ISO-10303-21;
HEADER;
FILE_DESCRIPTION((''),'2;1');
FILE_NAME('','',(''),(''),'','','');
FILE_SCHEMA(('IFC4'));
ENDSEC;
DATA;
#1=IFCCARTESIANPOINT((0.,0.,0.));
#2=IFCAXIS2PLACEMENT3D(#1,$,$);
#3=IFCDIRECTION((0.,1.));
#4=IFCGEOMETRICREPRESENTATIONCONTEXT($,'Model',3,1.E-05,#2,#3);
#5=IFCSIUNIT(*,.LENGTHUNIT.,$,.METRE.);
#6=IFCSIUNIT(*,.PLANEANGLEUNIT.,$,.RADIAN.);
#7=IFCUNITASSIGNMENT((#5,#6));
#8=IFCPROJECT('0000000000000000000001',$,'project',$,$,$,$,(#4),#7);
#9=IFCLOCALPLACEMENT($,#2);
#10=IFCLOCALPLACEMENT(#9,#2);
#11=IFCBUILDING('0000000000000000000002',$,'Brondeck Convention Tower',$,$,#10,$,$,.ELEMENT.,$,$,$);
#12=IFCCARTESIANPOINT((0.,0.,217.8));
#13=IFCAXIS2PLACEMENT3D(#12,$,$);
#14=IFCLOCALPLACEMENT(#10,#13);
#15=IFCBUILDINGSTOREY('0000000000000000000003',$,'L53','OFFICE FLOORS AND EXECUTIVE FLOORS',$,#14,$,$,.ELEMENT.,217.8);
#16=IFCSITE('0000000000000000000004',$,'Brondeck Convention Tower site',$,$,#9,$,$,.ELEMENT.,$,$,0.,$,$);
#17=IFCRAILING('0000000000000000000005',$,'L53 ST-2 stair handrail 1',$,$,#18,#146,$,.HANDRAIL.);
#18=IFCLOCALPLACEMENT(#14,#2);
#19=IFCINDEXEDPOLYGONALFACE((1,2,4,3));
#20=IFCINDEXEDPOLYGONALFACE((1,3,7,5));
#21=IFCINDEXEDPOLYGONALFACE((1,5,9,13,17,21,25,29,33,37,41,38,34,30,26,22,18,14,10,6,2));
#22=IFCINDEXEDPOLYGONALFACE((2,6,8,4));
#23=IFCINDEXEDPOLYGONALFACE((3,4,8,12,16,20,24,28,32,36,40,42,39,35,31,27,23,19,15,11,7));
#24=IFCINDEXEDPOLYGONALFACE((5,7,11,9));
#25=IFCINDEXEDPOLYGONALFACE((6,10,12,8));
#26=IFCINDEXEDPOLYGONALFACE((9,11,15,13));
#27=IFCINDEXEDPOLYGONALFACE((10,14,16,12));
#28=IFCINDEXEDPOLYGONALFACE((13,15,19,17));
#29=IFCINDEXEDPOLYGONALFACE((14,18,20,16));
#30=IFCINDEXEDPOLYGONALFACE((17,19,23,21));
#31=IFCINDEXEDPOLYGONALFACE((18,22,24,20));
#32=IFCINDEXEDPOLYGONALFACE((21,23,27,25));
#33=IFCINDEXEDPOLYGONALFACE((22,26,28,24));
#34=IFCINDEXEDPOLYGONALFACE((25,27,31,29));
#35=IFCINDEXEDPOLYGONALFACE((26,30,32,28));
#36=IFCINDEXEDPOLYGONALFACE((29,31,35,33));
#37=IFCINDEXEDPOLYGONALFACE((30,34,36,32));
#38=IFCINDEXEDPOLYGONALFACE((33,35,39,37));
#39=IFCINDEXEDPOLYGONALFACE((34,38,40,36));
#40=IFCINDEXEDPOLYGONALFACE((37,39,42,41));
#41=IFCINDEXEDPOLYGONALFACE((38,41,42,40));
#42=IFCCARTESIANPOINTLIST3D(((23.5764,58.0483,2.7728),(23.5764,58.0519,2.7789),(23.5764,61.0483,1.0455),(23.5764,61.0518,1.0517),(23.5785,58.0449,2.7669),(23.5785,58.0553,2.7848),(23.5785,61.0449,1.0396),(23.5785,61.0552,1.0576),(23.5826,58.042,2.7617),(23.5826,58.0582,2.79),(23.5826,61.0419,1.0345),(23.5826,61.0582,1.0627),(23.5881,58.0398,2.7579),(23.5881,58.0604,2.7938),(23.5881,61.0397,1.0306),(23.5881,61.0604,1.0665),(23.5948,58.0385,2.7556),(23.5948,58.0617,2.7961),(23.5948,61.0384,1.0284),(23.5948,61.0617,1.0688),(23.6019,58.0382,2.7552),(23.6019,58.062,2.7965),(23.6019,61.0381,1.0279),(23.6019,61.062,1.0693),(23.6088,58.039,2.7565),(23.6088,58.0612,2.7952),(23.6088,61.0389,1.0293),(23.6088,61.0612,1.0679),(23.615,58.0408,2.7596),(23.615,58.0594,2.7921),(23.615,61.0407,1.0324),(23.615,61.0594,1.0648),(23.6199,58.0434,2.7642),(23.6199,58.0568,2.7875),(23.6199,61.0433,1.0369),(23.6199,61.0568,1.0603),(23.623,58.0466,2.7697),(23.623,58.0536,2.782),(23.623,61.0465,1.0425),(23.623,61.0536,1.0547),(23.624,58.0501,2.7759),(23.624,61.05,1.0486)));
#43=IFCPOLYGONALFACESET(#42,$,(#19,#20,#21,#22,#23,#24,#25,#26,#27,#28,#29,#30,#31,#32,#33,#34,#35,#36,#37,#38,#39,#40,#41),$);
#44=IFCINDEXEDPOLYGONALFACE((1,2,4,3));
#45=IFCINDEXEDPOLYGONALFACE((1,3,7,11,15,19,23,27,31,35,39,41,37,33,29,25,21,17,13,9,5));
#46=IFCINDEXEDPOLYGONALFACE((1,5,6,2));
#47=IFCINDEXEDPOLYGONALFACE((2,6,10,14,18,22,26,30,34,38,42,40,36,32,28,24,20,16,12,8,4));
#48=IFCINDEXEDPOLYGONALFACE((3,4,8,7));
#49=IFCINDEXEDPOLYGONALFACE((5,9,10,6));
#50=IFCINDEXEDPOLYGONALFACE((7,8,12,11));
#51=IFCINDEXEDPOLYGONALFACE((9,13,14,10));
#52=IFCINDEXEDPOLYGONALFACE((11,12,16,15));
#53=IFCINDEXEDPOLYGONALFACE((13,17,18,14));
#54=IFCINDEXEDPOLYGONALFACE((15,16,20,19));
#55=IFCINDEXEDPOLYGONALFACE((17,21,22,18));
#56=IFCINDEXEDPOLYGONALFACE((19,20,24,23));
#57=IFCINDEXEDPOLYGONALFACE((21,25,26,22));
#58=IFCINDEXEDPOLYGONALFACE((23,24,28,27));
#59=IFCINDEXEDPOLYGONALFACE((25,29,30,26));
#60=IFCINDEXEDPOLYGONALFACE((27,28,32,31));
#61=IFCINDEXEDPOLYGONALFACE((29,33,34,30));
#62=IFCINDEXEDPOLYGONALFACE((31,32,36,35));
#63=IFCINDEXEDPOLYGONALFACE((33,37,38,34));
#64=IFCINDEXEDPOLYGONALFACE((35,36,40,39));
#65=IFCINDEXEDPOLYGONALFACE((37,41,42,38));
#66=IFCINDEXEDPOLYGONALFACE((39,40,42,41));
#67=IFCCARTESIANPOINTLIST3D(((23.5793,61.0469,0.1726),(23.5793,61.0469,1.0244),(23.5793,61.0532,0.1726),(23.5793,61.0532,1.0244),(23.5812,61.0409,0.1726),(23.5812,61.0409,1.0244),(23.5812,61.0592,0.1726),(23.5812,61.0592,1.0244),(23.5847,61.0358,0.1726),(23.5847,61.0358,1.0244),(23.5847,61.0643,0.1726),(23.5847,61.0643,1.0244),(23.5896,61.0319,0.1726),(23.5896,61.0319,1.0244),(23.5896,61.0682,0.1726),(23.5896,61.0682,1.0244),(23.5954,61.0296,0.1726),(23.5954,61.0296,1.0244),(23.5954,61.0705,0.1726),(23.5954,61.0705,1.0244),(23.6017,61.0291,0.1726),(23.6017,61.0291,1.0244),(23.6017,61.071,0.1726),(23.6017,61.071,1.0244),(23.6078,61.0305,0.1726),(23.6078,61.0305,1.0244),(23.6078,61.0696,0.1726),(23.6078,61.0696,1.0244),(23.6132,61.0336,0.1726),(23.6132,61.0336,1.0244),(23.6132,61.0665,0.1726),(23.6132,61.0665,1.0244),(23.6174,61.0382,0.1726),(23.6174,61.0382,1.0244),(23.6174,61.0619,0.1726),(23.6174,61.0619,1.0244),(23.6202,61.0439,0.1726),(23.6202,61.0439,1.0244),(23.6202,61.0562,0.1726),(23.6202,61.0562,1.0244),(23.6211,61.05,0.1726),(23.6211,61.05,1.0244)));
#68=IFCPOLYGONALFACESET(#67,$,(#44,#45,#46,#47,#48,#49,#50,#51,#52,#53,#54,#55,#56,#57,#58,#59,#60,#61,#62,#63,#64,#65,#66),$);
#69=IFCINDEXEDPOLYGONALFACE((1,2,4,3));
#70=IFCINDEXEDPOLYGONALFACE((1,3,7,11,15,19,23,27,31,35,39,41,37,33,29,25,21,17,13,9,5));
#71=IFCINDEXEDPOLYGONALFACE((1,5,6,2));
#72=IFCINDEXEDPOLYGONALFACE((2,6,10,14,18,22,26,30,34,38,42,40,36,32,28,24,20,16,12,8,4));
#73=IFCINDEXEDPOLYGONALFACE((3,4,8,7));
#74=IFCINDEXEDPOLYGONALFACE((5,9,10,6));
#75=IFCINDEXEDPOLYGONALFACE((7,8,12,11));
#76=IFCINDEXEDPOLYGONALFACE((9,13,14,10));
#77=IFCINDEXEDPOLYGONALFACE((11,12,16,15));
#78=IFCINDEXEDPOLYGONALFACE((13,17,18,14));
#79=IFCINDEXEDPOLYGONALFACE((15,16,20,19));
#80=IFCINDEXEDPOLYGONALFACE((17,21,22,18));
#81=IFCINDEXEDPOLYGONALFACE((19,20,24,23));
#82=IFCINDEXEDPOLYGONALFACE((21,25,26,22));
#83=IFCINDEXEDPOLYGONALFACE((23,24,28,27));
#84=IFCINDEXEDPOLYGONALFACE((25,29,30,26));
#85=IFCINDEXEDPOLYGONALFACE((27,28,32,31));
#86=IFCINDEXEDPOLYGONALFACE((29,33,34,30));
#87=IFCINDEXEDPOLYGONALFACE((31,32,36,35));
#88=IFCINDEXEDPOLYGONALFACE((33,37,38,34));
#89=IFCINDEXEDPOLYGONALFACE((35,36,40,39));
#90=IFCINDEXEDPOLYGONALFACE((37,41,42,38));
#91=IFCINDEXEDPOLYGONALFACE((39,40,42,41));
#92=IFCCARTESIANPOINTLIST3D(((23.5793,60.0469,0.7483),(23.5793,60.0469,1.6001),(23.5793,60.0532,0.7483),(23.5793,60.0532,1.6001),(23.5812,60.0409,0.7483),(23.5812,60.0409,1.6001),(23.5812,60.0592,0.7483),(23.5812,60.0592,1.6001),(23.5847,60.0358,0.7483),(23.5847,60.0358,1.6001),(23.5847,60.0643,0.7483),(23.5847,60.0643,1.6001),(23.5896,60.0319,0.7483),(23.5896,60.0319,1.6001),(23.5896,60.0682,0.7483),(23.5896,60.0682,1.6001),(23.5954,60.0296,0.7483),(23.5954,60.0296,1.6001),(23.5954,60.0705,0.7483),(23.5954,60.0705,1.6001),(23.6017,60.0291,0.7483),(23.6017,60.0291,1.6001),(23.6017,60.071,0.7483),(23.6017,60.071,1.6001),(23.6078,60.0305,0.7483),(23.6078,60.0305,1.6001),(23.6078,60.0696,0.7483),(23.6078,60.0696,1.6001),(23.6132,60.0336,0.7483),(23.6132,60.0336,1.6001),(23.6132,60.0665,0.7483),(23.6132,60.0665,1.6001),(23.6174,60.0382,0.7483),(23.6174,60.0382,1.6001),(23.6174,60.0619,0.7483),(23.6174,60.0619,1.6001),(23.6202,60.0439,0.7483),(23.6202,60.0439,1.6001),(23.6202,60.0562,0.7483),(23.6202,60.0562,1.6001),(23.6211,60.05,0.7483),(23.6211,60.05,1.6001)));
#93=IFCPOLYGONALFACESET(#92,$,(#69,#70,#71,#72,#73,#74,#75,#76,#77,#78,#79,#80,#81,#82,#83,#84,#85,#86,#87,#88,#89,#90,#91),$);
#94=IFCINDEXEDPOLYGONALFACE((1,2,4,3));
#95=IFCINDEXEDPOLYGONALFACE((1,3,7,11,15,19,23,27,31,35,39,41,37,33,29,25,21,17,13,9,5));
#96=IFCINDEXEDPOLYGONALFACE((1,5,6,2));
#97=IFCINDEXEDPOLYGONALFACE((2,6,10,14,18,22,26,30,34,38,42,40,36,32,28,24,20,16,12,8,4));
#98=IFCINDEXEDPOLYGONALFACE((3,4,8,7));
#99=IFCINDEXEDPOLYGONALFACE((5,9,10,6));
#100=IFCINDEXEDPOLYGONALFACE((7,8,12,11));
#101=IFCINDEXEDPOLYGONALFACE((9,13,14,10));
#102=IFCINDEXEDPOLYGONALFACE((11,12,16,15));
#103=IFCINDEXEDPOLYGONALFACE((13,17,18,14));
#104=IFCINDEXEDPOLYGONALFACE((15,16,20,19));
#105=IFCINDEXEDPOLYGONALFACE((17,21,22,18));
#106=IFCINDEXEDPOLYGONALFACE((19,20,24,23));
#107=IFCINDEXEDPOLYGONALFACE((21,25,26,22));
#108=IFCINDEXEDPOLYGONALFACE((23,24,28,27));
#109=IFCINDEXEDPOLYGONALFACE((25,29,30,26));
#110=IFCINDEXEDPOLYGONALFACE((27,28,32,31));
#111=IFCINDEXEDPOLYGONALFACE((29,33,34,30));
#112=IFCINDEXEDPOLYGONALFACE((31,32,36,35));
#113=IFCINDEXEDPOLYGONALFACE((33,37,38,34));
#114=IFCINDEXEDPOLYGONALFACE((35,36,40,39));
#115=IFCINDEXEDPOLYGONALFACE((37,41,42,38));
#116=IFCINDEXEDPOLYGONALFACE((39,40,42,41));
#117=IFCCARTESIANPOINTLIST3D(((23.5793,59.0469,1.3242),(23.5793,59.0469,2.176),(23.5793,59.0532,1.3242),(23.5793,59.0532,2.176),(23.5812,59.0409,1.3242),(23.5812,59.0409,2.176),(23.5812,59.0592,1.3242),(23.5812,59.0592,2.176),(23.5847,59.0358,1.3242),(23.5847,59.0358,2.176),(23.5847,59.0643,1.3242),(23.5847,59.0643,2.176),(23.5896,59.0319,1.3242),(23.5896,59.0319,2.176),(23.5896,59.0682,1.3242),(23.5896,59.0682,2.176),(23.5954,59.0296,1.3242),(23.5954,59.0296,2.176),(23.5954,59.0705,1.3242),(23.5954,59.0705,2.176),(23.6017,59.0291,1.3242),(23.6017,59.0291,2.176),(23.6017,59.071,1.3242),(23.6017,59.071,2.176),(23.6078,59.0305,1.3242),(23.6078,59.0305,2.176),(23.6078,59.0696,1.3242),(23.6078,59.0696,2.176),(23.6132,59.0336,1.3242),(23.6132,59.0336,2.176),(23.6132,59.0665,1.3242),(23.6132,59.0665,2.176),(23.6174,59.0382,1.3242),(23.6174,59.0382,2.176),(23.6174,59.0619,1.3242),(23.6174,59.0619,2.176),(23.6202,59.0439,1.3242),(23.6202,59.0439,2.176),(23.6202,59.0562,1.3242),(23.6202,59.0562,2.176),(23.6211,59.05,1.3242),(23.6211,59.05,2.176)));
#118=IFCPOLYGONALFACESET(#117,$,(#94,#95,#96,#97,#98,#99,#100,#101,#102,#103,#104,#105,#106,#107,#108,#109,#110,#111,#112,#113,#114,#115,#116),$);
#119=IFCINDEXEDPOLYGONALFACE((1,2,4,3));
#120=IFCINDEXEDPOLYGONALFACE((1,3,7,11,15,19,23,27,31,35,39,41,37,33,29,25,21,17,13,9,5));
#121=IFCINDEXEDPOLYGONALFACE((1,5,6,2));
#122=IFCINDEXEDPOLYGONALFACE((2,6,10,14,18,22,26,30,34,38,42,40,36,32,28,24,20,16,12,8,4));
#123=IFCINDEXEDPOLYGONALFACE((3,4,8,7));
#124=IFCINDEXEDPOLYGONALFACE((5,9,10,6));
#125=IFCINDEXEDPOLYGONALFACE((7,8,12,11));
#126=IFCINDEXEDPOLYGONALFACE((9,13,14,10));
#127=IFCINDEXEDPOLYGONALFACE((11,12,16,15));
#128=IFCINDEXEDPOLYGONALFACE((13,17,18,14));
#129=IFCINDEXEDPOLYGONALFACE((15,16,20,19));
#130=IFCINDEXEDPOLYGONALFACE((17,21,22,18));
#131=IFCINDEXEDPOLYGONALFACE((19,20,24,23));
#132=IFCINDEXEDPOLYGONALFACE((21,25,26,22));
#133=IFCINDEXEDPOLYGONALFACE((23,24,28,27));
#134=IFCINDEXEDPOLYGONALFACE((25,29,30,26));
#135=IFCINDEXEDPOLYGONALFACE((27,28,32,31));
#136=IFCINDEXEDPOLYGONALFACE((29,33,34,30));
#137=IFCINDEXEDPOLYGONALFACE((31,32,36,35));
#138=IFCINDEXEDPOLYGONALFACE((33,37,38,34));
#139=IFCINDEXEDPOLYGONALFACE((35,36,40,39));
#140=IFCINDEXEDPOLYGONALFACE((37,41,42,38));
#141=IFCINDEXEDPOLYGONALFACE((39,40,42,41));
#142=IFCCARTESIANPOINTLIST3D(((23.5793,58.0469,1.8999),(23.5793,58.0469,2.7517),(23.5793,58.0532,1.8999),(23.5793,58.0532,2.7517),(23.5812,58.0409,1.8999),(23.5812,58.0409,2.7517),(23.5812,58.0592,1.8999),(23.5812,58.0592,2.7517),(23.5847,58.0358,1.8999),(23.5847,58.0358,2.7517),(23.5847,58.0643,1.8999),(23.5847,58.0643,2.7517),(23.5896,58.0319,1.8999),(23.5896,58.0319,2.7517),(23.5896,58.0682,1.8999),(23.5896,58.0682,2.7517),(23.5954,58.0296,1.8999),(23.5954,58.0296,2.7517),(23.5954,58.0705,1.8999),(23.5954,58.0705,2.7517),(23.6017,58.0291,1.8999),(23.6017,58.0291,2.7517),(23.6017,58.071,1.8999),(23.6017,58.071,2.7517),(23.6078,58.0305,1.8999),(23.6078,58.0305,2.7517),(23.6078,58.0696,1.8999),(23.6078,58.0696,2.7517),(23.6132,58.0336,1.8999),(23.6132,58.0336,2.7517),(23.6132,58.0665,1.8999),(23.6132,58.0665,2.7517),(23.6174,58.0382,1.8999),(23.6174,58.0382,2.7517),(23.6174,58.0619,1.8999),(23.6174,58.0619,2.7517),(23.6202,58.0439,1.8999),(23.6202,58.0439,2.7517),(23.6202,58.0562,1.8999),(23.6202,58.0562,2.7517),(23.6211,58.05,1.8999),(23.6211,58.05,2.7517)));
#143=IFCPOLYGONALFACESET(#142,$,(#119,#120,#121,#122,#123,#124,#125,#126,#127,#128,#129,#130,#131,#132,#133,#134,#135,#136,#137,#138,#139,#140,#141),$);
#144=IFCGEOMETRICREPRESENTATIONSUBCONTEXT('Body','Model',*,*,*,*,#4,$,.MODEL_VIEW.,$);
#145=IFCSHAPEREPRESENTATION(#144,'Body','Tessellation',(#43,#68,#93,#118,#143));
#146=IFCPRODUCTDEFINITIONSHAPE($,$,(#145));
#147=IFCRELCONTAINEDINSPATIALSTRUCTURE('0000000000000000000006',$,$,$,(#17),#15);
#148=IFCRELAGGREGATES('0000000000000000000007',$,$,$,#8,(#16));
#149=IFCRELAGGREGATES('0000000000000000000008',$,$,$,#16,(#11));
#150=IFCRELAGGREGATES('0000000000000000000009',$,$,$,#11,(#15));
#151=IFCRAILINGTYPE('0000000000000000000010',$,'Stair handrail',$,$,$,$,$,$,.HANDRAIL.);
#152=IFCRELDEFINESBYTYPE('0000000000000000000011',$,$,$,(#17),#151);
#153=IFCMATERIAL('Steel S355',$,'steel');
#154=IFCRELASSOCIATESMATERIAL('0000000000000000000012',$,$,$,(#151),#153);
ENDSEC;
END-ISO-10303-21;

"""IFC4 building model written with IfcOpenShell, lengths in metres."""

from ifc_helpers import new_model, si_unit, direction, frame, origin, origin_2d, place, context, subcontext, project, spatial, circle, extrude, material, type_object, element, save


model = new_model("IFC4")

# Units and contexts
model_context = context("Model", 3, precision=1e-05, world=origin(), true_north=direction((0.0, 1.0)))
body_context = subcontext(model_context, "Body", "Model", "MODEL_VIEW")
ifc_project = project(units=[si_unit("LENGTHUNIT", "METRE"), si_unit("PLANEANGLEUNIT", "RADIAN")], contexts=[model_context])

# Site, building, storey
site_placement = place(None, origin())
site = spatial("IfcSite", under=ifc_project, at=site_placement, Name="Brondeck Convention Tower site", CompositionType="ELEMENT", RefElevation=0.0)
building_placement = place(site_placement, origin())
building = spatial("IfcBuilding", under=site, at=building_placement, Name="Brondeck Convention Tower", CompositionType="ELEMENT")
storey_placement = place(building_placement, frame((0.0, 0.0, 217.8)))
storey = spatial("IfcBuildingStorey", under=building, at=storey_placement, Name="L53", Description="OFFICE FLOORS AND EXECUTIVE FLOORS", CompositionType="ELEMENT", Elevation=217.8)

# Railing
ifc_material_1 = material(Name="Steel S355", Category="steel")
railing_type_1 = type_object("IfcRailingType", Name="Stair handrail", PredefinedType="HANDRAIL", material=ifc_material_1)
railing_1_placement = place(storey_placement, frame((23.6001, 61.05, 0.1726)))
element("IfcRailing", 1, at=railing_1_placement, inside=storey, type_object=railing_type_1, Name="L53 ST-2 stair handrail 1", PredefinedType="HANDRAIL", context=body_context, shape_type="SweptSolid", body=[
    extrude(circle(Radius=0.0239, at=origin_2d()), frame((0.0, 0.0, 0.876), z_axis=(0.0, -0.86662, 0.498969), x_axis=(1.0, 0.0, 0.0)), (0.0, 0.0, 1.0), 3.4617),
    extrude(circle(Radius=0.021, at=origin_2d()), origin(), (0.0, 0.0, 1.0), 0.8518),
    extrude(circle(Radius=0.021, at=origin_2d()), frame((0.0, -1.0, 0.5757)), (0.0, 0.0, 1.0), 0.8518),
    extrude(circle(Radius=0.021, at=origin_2d()), frame((0.0, -2.0, 1.1516)), (0.0, 0.0, 1.0), 0.8518),
    extrude(circle(Radius=0.021, at=origin_2d()), frame((0.0, -3.0, 1.7273)), (0.0, 0.0, 1.0), 0.8518),
])

save(model, "model.ifc")
